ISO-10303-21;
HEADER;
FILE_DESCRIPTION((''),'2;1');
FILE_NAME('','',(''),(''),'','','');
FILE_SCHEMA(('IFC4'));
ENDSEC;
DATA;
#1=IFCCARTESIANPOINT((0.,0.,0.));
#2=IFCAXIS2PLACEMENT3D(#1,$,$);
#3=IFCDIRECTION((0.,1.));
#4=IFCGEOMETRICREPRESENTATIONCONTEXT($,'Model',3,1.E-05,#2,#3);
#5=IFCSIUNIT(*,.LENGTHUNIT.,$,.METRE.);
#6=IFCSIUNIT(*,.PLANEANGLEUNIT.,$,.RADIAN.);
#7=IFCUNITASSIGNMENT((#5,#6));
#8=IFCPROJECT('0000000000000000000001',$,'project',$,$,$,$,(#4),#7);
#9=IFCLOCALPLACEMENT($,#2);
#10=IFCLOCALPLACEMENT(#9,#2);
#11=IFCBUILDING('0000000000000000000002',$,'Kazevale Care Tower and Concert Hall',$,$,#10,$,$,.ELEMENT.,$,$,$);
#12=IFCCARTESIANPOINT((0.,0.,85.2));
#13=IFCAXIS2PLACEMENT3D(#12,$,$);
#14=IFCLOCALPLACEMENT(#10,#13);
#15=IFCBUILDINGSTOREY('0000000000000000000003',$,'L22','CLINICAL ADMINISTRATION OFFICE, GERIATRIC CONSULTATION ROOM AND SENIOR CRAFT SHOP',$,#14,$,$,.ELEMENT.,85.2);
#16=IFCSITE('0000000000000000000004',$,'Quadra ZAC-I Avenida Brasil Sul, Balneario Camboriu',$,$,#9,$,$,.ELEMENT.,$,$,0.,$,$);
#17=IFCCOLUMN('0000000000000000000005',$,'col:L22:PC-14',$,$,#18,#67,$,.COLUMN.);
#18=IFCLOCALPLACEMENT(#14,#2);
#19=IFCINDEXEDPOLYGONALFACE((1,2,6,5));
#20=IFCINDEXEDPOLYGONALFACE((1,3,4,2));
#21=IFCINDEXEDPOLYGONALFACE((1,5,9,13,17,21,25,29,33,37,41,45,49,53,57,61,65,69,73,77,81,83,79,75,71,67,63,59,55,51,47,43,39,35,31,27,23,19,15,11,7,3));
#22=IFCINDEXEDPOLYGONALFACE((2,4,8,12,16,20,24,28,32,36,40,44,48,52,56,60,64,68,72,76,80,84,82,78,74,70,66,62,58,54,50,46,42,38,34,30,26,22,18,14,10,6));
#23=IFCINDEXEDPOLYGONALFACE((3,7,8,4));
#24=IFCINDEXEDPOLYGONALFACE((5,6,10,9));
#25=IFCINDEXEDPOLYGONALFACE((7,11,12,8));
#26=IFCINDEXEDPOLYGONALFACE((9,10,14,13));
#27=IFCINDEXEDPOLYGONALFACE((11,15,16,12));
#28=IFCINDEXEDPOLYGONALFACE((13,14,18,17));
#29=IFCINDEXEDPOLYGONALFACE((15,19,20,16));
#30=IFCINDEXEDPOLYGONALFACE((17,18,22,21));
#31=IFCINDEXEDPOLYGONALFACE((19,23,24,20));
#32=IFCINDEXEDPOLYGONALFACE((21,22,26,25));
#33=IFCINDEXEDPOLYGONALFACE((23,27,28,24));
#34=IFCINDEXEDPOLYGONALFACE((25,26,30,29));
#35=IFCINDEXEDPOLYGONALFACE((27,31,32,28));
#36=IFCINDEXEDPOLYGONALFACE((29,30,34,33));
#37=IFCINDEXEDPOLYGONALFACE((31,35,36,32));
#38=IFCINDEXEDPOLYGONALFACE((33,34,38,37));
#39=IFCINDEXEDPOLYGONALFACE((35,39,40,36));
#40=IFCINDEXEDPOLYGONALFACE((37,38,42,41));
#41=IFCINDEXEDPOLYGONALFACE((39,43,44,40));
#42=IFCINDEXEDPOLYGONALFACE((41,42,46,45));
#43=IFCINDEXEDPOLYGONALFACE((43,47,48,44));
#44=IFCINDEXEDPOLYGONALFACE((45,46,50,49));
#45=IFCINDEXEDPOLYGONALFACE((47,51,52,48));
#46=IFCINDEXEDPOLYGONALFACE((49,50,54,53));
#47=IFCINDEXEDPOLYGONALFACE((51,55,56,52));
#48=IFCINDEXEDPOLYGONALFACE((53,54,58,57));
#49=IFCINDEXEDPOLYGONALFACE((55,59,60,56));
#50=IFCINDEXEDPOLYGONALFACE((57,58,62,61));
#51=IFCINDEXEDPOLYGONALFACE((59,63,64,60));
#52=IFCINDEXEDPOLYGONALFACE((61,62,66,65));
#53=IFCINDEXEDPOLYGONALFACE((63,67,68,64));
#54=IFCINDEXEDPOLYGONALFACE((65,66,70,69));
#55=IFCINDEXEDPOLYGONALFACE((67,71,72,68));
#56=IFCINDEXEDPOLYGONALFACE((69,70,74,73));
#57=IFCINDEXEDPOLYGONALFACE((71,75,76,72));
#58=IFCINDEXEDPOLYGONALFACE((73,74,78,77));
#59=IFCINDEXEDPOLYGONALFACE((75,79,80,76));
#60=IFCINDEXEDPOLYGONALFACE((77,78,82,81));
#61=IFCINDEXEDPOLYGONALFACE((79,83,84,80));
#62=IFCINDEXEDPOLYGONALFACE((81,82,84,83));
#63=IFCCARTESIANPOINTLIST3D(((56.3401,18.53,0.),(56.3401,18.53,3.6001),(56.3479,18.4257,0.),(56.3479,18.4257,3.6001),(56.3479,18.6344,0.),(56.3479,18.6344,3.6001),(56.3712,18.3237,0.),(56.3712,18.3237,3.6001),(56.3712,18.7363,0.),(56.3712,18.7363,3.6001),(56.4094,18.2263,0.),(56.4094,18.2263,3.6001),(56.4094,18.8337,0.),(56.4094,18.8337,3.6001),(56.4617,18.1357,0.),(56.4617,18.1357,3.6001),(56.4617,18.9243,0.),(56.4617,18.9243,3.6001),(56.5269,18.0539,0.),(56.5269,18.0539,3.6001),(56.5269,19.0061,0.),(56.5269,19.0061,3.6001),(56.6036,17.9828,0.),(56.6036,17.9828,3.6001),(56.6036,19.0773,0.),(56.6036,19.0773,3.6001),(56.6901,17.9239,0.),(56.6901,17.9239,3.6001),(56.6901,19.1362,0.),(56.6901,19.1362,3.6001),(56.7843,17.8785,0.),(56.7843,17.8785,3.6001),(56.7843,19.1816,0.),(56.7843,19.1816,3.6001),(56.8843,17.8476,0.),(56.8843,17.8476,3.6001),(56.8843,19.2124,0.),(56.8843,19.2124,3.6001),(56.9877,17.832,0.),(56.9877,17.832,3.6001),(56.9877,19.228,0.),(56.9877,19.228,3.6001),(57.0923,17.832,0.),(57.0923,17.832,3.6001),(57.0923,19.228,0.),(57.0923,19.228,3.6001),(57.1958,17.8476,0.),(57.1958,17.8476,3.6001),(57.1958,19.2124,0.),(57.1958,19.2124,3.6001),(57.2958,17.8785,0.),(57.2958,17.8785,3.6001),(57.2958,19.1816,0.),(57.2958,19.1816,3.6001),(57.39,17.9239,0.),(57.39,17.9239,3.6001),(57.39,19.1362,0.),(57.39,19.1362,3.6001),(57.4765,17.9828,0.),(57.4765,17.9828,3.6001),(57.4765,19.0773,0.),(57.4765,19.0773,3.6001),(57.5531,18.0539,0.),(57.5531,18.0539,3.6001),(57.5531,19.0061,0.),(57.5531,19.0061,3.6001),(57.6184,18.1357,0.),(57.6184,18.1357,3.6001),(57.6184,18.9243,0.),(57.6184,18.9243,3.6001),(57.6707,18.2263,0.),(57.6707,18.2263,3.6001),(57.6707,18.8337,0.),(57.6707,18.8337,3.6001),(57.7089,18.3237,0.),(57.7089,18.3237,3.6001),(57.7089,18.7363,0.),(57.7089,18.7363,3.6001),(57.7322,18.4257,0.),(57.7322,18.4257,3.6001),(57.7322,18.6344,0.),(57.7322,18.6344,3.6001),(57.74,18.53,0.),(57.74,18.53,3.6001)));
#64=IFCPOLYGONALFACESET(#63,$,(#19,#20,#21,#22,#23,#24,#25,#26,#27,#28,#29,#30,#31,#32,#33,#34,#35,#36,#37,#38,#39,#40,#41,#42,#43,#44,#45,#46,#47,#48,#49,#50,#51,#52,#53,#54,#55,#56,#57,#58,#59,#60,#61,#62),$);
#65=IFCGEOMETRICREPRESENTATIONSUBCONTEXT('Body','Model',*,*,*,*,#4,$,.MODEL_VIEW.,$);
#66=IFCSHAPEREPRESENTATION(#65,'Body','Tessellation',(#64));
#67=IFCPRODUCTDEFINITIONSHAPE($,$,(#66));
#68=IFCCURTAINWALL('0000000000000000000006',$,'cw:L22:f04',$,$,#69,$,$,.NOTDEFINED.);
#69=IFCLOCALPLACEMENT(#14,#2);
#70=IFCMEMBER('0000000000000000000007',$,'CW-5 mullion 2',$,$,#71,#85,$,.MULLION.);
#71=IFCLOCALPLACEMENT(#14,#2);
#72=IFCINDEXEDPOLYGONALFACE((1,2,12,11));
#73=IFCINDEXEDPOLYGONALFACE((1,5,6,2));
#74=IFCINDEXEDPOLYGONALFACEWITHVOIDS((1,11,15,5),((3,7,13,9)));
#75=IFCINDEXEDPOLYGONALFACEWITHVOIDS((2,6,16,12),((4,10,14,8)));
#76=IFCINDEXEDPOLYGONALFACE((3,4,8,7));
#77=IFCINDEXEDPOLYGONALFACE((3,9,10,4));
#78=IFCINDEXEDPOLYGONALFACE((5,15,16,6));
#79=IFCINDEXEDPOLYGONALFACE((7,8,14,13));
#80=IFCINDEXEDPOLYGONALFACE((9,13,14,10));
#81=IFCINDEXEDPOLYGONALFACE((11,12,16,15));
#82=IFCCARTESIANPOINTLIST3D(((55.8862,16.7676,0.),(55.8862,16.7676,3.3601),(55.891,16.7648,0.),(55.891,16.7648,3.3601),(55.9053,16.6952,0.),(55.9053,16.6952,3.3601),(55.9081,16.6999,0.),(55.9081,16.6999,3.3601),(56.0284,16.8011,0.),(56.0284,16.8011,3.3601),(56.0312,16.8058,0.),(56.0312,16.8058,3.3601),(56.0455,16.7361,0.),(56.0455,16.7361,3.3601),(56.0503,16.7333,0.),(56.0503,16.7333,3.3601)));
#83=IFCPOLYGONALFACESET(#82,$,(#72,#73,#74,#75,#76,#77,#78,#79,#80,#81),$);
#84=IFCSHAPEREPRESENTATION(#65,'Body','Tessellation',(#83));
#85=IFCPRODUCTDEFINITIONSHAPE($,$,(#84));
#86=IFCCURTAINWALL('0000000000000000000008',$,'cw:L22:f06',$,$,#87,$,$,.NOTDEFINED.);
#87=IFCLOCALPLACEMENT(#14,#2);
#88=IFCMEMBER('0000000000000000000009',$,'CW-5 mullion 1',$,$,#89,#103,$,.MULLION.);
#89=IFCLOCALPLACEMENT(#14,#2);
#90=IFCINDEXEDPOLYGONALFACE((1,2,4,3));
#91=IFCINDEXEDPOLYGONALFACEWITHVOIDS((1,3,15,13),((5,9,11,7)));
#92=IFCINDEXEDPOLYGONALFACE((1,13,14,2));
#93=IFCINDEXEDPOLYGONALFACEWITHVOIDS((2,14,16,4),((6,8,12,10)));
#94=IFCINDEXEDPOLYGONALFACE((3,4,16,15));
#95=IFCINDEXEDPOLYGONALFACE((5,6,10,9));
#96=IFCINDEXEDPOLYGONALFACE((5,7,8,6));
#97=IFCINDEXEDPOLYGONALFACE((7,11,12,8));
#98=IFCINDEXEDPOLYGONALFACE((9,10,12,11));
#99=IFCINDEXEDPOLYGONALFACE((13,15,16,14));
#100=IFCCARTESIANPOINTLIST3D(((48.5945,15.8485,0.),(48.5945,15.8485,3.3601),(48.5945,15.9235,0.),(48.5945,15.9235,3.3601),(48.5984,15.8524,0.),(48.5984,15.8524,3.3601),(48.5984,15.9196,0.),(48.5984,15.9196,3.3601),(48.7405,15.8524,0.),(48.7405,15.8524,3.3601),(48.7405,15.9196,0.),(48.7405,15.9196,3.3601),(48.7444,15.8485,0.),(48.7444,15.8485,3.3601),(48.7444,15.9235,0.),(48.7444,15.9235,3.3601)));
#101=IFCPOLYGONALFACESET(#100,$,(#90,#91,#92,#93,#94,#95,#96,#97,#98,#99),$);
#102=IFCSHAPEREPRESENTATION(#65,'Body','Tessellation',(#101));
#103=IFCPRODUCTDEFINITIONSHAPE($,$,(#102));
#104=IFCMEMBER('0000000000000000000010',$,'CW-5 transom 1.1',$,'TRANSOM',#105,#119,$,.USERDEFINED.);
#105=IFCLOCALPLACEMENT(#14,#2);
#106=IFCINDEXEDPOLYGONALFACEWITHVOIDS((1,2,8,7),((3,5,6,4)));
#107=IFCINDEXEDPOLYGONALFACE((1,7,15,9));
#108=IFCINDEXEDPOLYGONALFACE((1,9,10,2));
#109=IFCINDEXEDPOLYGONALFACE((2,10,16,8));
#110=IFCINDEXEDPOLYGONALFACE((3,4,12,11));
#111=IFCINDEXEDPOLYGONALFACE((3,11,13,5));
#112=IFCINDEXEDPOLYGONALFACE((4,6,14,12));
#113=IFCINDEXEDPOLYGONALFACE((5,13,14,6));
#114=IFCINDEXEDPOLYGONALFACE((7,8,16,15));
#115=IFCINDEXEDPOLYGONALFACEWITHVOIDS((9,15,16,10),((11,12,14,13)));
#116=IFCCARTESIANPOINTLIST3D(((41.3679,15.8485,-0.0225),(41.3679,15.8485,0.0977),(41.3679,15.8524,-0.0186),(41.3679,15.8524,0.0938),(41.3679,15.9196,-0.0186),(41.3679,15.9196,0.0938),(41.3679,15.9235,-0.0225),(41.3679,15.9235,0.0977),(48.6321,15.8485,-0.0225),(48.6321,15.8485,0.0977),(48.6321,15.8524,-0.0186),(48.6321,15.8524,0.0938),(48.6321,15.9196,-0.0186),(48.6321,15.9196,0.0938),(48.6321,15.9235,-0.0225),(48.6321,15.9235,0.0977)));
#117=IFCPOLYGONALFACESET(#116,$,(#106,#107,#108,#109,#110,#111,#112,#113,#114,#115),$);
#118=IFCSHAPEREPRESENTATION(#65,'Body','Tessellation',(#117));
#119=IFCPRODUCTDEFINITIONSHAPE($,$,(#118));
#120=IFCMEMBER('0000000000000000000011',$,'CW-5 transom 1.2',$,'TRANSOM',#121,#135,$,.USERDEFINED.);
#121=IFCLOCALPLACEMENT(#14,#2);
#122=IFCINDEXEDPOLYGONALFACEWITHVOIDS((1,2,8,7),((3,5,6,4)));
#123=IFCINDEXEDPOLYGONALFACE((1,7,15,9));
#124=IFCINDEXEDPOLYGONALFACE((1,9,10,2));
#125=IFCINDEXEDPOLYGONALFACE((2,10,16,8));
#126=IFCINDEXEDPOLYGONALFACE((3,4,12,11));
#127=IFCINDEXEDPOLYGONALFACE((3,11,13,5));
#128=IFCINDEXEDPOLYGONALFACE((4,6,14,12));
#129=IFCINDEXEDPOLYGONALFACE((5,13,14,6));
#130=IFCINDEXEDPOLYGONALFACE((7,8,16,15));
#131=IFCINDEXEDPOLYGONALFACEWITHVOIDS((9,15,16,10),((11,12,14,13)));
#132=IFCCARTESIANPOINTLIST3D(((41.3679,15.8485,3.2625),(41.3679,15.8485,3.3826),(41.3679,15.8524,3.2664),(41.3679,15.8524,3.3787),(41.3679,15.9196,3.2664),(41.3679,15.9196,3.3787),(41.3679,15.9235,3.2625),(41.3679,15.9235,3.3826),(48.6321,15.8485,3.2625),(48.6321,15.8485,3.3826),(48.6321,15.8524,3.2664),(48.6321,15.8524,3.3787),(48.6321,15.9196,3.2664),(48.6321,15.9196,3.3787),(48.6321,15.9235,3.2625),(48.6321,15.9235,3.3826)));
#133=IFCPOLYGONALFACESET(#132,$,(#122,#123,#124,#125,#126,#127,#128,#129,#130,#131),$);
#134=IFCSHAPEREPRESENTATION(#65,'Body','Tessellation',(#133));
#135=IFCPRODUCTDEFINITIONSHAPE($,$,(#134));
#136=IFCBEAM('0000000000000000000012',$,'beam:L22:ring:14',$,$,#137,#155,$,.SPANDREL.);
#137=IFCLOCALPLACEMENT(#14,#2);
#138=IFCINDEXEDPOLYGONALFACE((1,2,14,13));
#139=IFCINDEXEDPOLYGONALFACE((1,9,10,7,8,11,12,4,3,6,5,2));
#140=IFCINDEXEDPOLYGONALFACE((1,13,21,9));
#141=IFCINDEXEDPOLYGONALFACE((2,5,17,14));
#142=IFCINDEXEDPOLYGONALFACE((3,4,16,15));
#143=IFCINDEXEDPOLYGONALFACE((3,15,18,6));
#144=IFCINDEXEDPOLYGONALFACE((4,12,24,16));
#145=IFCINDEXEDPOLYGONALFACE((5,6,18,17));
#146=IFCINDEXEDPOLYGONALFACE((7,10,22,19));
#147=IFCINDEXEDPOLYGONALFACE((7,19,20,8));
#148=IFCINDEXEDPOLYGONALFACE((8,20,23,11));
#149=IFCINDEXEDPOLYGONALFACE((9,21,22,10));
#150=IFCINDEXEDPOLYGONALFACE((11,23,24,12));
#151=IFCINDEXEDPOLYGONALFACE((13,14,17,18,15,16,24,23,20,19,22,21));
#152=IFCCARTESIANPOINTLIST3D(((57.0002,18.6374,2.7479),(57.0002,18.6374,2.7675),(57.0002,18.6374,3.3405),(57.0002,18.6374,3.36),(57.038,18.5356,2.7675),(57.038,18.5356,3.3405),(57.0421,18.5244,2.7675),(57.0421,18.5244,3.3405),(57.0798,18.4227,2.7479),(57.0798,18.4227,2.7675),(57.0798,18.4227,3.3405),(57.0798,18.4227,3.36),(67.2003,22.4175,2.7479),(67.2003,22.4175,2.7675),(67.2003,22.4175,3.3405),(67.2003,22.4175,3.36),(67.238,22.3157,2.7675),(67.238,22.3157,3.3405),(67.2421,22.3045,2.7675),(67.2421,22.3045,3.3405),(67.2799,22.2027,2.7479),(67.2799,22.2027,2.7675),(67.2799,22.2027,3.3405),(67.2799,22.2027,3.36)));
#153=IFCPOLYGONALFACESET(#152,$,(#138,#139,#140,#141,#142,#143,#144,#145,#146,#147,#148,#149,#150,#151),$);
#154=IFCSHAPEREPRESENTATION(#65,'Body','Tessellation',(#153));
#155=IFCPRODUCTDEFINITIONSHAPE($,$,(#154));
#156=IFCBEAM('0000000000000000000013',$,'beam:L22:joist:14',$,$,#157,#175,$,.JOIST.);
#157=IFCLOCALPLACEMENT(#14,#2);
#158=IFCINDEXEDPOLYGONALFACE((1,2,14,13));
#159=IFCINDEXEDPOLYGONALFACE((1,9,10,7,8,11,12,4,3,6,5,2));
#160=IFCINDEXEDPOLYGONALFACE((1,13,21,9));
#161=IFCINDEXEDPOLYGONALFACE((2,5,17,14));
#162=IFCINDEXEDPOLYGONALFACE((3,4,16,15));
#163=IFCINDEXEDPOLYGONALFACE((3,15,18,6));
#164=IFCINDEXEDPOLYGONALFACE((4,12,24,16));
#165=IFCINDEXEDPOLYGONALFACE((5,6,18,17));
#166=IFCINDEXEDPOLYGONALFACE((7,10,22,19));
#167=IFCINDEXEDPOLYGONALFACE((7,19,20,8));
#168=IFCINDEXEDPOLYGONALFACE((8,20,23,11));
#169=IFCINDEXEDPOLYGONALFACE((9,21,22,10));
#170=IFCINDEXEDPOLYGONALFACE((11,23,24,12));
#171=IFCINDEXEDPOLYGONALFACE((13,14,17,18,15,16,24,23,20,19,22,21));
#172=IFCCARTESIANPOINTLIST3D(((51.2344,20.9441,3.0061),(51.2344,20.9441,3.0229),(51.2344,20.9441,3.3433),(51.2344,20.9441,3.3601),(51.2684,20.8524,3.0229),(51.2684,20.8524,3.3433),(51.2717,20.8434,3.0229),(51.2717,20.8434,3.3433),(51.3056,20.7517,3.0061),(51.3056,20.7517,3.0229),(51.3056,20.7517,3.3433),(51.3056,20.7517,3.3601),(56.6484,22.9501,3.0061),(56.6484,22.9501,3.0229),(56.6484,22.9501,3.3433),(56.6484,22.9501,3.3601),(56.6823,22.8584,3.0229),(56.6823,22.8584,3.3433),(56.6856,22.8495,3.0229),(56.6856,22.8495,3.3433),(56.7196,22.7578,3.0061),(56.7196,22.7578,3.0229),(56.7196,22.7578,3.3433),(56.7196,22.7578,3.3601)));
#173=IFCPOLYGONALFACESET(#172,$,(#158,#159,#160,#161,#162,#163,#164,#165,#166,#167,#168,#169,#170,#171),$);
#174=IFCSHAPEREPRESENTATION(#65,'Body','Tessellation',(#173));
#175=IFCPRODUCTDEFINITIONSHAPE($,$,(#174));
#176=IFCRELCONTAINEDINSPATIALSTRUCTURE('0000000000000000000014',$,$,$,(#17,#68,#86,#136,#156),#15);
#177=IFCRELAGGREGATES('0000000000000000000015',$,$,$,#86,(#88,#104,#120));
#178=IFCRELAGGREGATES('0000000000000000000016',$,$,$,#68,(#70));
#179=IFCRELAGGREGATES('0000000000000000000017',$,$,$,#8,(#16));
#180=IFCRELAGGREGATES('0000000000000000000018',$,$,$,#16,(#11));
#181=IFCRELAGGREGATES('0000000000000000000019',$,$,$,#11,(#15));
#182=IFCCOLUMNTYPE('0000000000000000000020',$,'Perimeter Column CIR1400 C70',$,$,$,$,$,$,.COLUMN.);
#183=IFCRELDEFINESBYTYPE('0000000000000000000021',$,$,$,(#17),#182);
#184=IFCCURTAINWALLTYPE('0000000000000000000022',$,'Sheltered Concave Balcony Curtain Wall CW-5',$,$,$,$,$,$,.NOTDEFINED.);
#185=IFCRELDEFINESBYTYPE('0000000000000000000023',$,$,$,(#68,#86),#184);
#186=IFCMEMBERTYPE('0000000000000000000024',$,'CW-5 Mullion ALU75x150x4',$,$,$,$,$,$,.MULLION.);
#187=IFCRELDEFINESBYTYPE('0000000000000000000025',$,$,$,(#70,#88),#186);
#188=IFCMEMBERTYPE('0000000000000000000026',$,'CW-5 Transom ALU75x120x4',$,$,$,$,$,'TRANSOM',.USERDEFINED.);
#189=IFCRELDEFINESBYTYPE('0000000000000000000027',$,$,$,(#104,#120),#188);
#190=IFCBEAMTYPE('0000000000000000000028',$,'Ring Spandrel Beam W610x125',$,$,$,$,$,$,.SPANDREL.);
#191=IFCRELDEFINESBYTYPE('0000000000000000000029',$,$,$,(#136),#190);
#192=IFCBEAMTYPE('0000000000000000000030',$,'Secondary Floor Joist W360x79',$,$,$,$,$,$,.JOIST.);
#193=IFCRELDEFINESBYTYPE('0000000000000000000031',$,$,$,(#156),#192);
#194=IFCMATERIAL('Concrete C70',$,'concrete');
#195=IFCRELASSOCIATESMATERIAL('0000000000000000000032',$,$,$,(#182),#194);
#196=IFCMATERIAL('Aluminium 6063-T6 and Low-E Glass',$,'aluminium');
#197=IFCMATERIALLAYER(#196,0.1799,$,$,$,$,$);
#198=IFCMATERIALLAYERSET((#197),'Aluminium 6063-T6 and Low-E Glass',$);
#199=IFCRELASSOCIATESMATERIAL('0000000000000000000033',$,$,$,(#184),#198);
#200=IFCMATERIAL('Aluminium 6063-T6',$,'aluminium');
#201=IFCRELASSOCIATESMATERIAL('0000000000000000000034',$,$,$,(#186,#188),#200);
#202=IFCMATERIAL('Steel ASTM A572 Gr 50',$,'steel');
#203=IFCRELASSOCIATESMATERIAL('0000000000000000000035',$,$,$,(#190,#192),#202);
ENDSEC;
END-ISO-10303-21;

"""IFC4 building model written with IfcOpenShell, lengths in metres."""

from ifc_helpers import new_model, si_unit, direction, frame, origin, origin_2d, place, context, subcontext, project, spatial, hollow_rectangle, circle, i_section, extrude, material, layer, layer_set, material_profile, profile_set, type_object, element, aggregate, save


model = new_model("IFC4")

# Units and contexts
model_context = context("Model", 3, precision=1e-05, world=origin(), true_north=direction((0.0, 1.0)))
body_context = subcontext(model_context, "Body", "Model", "MODEL_VIEW")
ifc_project = project(units=[si_unit("LENGTHUNIT", "METRE"), si_unit("PLANEANGLEUNIT", "RADIAN")], contexts=[model_context])

# Site, building, storey
site_placement = place(None, origin())
site = spatial("IfcSite", under=ifc_project, at=site_placement, Name="Quadra ZAC-I Avenida Brasil Sul, Balneario Camboriu", CompositionType="ELEMENT", RefElevation=0.0)
building_placement = place(site_placement, origin())
building = spatial("IfcBuilding", under=site, at=building_placement, Name="Kazevale Care Tower and Concert Hall", CompositionType="ELEMENT")
storey_placement = place(building_placement, frame((0.0, 0.0, 85.2)))
storey = spatial("IfcBuildingStorey", under=building, at=storey_placement, Name="L22", Description="CLINICAL ADMINISTRATION OFFICE, GERIATRIC CONSULTATION ROOM AND SENIOR CRAFT SHOP", CompositionType="ELEMENT", Elevation=85.2)

# Column
ifc_material_1 = material(Name="Concrete C70", Category="concrete")
ifc_material_profile_1 = material_profile(ifc_material_1, circle(Radius=0.7, at=origin_2d()), Name="RC-CIR1400")
ifc_profile_set_1 = profile_set([ifc_material_profile_1], Name="Concrete C70")
column_type = type_object("IfcColumnType", Name="Perimeter Column CIR1400 C70", PredefinedType="COLUMN", material=ifc_profile_set_1)
column_placement = place(storey_placement, frame((57.04, 18.53, 0.0), z_axis=(0.0, 0.0, 1.0), x_axis=(1.0, 0.0, 0.0)))
element("IfcColumn", 1, at=column_placement, inside=storey, type_object=column_type, Name="col:L22:PC-14", PredefinedType="COLUMN", context=body_context, shape_type="SweptSolid", body=[
    extrude(circle(Radius=0.7, at=origin_2d()), origin(), (0.0, 0.0, 1.0), 3.6001),
])

# Curtain wall, member
ifc_material_2 = material(Name="Aluminium 6063-T6 and Low-E Glass", Category="aluminium")
ifc_layer_1 = layer(ifc_material_2, 0.1799)
ifc_layer_set_1 = layer_set([ifc_layer_1], Name="Aluminium 6063-T6 and Low-E Glass")
curtain_wall_type = type_object("IfcCurtainWallType", Name="Sheltered Concave Balcony Curtain Wall CW-5", PredefinedType="NOTDEFINED", material=ifc_layer_set_1)
curtain_wall_1_placement = place(storey_placement, origin())
curtain_wall_1 = element("IfcCurtainWall", 2, at=curtain_wall_1_placement, inside=storey, type_object=curtain_wall_type, Name="cw:L22:f04", PredefinedType="NOTDEFINED")
ifc_material_3 = material(Name="Aluminium 6063-T6", Category="aluminium")
ifc_material_profile_2 = material_profile(ifc_material_3, hollow_rectangle(XDim=0.075, YDim=0.1499, WallThickness=0.0039, at=origin_2d()), Name="ALU75x150x4")
ifc_profile_set_2 = profile_set([ifc_material_profile_2], Name="Aluminium 6063-T6")
member_type_1 = type_object("IfcMemberType", Name="CW-5 Mullion ALU75x150x4", PredefinedType="MULLION", material=ifc_profile_set_2)
member_1_placement = place(storey_placement, frame((55.9683, 16.7505, 0.0), z_axis=(0.0, 0.0, 1.0), x_axis=(0.254829, -0.966986, 0.0)))
member_1 = element("IfcMember", 3, at=member_1_placement, type_object=member_type_1, Name="CW-5 mullion 2", PredefinedType="MULLION", context=body_context, shape_type="SweptSolid", body=[
    extrude(hollow_rectangle(XDim=0.075, YDim=0.1499, WallThickness=0.0039, at=origin_2d()), origin(), (0.0, 0.0, 1.0), 3.3601),
])

# Curtain wall, members
curtain_wall_2_placement = place(storey_placement, origin())
curtain_wall_2 = element("IfcCurtainWall", 4, at=curtain_wall_2_placement, inside=storey, type_object=curtain_wall_type, Name="cw:L22:f06", PredefinedType="NOTDEFINED")
member_2_placement = place(storey_placement, frame((48.6694, 15.886, 0.0), z_axis=(0.0, 0.0, 1.0), x_axis=(0.0, -1.0, 0.0)))
member_2 = element("IfcMember", 5, at=member_2_placement, type_object=member_type_1, Name="CW-5 mullion 1", PredefinedType="MULLION", context=body_context, shape_type="SweptSolid", body=[
    extrude(hollow_rectangle(XDim=0.075, YDim=0.1499, WallThickness=0.0039, at=origin_2d()), origin(), (0.0, 0.0, 1.0), 3.3601),
])
ifc_material_profile_3 = material_profile(ifc_material_3, hollow_rectangle(XDim=0.075, YDim=0.1201, WallThickness=0.0039, at=origin_2d()), Name="ALU75x120x4")
ifc_profile_set_3 = profile_set([ifc_material_profile_3], Name="Aluminium 6063-T6")
member_type_2 = type_object("IfcMemberType", Name="CW-5 Transom ALU75x120x4", ElementType="TRANSOM", PredefinedType="USERDEFINED", material=ifc_profile_set_3)
member_3_placement = place(storey_placement, frame((48.6321, 15.886, 0.0376), z_axis=(-1.0, 0.0, 0.0), x_axis=(0.0, -1.0, 0.0)))
member_3 = element("IfcMember", 6, at=member_3_placement, type_object=member_type_2, Name="CW-5 transom 1.1", ObjectType="TRANSOM", PredefinedType="USERDEFINED", context=body_context, shape_type="SweptSolid", body=[
    extrude(hollow_rectangle(XDim=0.075, YDim=0.1201, WallThickness=0.0039, at=origin_2d()), origin(), (0.0, 0.0, 1.0), 7.2642),
])
member_4_placement = place(storey_placement, frame((48.6321, 15.886, 3.3225), z_axis=(-1.0, 0.0, 0.0), x_axis=(0.0, -1.0, 0.0)))
member_4 = element("IfcMember", 7, at=member_4_placement, type_object=member_type_2, Name="CW-5 transom 1.2", ObjectType="TRANSOM", PredefinedType="USERDEFINED", context=body_context, shape_type="SweptSolid", body=[
    extrude(hollow_rectangle(XDim=0.075, YDim=0.1201, WallThickness=0.0039, at=origin_2d()), origin(), (0.0, 0.0, 1.0), 7.2642),
])
aggregate(curtain_wall_2, [member_2, member_3, member_4])

# Beams
ifc_material_4 = material(Name="Steel ASTM A572 Gr 50", Category="steel")
ifc_material_profile_4 = material_profile(ifc_material_4, i_section(OverallWidth=0.229, OverallDepth=0.6121, WebThickness=0.012, FlangeThickness=0.0195, at=origin_2d()), Name="W610x125")
ifc_profile_set_4 = profile_set([ifc_material_profile_4], Name="Steel ASTM A572 Gr 50")
beam_type_1 = type_object("IfcBeamType", Name="Ring Spandrel Beam W610x125", PredefinedType="SPANDREL", material=ifc_profile_set_4)
beam_1_placement = place(storey_placement, frame((57.04, 18.53, 3.054), z_axis=(0.937681, 0.347498, 0.0), x_axis=(-0.347498, 0.937681, 0.0)))
element("IfcBeam", 8, at=beam_1_placement, inside=storey, type_object=beam_type_1, Name="beam:L22:ring:14", PredefinedType="SPANDREL", context=body_context, shape_type="SweptSolid", body=[
    extrude(i_section(OverallWidth=0.229, OverallDepth=0.6121, WebThickness=0.012, FlangeThickness=0.0195, at=origin_2d()), origin(), (0.0, 0.0, 1.0), 10.8779),
])
ifc_material_profile_5 = material_profile(ifc_material_4, i_section(OverallWidth=0.2051, OverallDepth=0.354, WebThickness=0.0095, FlangeThickness=0.0168, at=origin_2d()), Name="W360x79")
ifc_profile_set_5 = profile_set([ifc_material_profile_5], Name="Steel ASTM A572 Gr 50")
beam_type_2 = type_object("IfcBeamType", Name="Secondary Floor Joist W360x79", PredefinedType="JOIST", material=ifc_profile_set_5)
beam_2_placement = place(storey_placement, frame((51.27, 20.8479, 3.1831), z_axis=(0.937698, 0.347451, 0.0), x_axis=(-0.347451, 0.937698, 0.0)))
element("IfcBeam", 9, at=beam_2_placement, inside=storey, type_object=beam_type_2, Name="beam:L22:joist:14", PredefinedType="JOIST", context=body_context, shape_type="SweptSolid", body=[
    extrude(i_section(OverallWidth=0.2051, OverallDepth=0.354, WebThickness=0.0095, FlangeThickness=0.0168, at=origin_2d()), origin(), (0.0, 0.0, 1.0), 5.7737),
])

aggregate(curtain_wall_1, [member_1])

save(model, "model.ifc")
